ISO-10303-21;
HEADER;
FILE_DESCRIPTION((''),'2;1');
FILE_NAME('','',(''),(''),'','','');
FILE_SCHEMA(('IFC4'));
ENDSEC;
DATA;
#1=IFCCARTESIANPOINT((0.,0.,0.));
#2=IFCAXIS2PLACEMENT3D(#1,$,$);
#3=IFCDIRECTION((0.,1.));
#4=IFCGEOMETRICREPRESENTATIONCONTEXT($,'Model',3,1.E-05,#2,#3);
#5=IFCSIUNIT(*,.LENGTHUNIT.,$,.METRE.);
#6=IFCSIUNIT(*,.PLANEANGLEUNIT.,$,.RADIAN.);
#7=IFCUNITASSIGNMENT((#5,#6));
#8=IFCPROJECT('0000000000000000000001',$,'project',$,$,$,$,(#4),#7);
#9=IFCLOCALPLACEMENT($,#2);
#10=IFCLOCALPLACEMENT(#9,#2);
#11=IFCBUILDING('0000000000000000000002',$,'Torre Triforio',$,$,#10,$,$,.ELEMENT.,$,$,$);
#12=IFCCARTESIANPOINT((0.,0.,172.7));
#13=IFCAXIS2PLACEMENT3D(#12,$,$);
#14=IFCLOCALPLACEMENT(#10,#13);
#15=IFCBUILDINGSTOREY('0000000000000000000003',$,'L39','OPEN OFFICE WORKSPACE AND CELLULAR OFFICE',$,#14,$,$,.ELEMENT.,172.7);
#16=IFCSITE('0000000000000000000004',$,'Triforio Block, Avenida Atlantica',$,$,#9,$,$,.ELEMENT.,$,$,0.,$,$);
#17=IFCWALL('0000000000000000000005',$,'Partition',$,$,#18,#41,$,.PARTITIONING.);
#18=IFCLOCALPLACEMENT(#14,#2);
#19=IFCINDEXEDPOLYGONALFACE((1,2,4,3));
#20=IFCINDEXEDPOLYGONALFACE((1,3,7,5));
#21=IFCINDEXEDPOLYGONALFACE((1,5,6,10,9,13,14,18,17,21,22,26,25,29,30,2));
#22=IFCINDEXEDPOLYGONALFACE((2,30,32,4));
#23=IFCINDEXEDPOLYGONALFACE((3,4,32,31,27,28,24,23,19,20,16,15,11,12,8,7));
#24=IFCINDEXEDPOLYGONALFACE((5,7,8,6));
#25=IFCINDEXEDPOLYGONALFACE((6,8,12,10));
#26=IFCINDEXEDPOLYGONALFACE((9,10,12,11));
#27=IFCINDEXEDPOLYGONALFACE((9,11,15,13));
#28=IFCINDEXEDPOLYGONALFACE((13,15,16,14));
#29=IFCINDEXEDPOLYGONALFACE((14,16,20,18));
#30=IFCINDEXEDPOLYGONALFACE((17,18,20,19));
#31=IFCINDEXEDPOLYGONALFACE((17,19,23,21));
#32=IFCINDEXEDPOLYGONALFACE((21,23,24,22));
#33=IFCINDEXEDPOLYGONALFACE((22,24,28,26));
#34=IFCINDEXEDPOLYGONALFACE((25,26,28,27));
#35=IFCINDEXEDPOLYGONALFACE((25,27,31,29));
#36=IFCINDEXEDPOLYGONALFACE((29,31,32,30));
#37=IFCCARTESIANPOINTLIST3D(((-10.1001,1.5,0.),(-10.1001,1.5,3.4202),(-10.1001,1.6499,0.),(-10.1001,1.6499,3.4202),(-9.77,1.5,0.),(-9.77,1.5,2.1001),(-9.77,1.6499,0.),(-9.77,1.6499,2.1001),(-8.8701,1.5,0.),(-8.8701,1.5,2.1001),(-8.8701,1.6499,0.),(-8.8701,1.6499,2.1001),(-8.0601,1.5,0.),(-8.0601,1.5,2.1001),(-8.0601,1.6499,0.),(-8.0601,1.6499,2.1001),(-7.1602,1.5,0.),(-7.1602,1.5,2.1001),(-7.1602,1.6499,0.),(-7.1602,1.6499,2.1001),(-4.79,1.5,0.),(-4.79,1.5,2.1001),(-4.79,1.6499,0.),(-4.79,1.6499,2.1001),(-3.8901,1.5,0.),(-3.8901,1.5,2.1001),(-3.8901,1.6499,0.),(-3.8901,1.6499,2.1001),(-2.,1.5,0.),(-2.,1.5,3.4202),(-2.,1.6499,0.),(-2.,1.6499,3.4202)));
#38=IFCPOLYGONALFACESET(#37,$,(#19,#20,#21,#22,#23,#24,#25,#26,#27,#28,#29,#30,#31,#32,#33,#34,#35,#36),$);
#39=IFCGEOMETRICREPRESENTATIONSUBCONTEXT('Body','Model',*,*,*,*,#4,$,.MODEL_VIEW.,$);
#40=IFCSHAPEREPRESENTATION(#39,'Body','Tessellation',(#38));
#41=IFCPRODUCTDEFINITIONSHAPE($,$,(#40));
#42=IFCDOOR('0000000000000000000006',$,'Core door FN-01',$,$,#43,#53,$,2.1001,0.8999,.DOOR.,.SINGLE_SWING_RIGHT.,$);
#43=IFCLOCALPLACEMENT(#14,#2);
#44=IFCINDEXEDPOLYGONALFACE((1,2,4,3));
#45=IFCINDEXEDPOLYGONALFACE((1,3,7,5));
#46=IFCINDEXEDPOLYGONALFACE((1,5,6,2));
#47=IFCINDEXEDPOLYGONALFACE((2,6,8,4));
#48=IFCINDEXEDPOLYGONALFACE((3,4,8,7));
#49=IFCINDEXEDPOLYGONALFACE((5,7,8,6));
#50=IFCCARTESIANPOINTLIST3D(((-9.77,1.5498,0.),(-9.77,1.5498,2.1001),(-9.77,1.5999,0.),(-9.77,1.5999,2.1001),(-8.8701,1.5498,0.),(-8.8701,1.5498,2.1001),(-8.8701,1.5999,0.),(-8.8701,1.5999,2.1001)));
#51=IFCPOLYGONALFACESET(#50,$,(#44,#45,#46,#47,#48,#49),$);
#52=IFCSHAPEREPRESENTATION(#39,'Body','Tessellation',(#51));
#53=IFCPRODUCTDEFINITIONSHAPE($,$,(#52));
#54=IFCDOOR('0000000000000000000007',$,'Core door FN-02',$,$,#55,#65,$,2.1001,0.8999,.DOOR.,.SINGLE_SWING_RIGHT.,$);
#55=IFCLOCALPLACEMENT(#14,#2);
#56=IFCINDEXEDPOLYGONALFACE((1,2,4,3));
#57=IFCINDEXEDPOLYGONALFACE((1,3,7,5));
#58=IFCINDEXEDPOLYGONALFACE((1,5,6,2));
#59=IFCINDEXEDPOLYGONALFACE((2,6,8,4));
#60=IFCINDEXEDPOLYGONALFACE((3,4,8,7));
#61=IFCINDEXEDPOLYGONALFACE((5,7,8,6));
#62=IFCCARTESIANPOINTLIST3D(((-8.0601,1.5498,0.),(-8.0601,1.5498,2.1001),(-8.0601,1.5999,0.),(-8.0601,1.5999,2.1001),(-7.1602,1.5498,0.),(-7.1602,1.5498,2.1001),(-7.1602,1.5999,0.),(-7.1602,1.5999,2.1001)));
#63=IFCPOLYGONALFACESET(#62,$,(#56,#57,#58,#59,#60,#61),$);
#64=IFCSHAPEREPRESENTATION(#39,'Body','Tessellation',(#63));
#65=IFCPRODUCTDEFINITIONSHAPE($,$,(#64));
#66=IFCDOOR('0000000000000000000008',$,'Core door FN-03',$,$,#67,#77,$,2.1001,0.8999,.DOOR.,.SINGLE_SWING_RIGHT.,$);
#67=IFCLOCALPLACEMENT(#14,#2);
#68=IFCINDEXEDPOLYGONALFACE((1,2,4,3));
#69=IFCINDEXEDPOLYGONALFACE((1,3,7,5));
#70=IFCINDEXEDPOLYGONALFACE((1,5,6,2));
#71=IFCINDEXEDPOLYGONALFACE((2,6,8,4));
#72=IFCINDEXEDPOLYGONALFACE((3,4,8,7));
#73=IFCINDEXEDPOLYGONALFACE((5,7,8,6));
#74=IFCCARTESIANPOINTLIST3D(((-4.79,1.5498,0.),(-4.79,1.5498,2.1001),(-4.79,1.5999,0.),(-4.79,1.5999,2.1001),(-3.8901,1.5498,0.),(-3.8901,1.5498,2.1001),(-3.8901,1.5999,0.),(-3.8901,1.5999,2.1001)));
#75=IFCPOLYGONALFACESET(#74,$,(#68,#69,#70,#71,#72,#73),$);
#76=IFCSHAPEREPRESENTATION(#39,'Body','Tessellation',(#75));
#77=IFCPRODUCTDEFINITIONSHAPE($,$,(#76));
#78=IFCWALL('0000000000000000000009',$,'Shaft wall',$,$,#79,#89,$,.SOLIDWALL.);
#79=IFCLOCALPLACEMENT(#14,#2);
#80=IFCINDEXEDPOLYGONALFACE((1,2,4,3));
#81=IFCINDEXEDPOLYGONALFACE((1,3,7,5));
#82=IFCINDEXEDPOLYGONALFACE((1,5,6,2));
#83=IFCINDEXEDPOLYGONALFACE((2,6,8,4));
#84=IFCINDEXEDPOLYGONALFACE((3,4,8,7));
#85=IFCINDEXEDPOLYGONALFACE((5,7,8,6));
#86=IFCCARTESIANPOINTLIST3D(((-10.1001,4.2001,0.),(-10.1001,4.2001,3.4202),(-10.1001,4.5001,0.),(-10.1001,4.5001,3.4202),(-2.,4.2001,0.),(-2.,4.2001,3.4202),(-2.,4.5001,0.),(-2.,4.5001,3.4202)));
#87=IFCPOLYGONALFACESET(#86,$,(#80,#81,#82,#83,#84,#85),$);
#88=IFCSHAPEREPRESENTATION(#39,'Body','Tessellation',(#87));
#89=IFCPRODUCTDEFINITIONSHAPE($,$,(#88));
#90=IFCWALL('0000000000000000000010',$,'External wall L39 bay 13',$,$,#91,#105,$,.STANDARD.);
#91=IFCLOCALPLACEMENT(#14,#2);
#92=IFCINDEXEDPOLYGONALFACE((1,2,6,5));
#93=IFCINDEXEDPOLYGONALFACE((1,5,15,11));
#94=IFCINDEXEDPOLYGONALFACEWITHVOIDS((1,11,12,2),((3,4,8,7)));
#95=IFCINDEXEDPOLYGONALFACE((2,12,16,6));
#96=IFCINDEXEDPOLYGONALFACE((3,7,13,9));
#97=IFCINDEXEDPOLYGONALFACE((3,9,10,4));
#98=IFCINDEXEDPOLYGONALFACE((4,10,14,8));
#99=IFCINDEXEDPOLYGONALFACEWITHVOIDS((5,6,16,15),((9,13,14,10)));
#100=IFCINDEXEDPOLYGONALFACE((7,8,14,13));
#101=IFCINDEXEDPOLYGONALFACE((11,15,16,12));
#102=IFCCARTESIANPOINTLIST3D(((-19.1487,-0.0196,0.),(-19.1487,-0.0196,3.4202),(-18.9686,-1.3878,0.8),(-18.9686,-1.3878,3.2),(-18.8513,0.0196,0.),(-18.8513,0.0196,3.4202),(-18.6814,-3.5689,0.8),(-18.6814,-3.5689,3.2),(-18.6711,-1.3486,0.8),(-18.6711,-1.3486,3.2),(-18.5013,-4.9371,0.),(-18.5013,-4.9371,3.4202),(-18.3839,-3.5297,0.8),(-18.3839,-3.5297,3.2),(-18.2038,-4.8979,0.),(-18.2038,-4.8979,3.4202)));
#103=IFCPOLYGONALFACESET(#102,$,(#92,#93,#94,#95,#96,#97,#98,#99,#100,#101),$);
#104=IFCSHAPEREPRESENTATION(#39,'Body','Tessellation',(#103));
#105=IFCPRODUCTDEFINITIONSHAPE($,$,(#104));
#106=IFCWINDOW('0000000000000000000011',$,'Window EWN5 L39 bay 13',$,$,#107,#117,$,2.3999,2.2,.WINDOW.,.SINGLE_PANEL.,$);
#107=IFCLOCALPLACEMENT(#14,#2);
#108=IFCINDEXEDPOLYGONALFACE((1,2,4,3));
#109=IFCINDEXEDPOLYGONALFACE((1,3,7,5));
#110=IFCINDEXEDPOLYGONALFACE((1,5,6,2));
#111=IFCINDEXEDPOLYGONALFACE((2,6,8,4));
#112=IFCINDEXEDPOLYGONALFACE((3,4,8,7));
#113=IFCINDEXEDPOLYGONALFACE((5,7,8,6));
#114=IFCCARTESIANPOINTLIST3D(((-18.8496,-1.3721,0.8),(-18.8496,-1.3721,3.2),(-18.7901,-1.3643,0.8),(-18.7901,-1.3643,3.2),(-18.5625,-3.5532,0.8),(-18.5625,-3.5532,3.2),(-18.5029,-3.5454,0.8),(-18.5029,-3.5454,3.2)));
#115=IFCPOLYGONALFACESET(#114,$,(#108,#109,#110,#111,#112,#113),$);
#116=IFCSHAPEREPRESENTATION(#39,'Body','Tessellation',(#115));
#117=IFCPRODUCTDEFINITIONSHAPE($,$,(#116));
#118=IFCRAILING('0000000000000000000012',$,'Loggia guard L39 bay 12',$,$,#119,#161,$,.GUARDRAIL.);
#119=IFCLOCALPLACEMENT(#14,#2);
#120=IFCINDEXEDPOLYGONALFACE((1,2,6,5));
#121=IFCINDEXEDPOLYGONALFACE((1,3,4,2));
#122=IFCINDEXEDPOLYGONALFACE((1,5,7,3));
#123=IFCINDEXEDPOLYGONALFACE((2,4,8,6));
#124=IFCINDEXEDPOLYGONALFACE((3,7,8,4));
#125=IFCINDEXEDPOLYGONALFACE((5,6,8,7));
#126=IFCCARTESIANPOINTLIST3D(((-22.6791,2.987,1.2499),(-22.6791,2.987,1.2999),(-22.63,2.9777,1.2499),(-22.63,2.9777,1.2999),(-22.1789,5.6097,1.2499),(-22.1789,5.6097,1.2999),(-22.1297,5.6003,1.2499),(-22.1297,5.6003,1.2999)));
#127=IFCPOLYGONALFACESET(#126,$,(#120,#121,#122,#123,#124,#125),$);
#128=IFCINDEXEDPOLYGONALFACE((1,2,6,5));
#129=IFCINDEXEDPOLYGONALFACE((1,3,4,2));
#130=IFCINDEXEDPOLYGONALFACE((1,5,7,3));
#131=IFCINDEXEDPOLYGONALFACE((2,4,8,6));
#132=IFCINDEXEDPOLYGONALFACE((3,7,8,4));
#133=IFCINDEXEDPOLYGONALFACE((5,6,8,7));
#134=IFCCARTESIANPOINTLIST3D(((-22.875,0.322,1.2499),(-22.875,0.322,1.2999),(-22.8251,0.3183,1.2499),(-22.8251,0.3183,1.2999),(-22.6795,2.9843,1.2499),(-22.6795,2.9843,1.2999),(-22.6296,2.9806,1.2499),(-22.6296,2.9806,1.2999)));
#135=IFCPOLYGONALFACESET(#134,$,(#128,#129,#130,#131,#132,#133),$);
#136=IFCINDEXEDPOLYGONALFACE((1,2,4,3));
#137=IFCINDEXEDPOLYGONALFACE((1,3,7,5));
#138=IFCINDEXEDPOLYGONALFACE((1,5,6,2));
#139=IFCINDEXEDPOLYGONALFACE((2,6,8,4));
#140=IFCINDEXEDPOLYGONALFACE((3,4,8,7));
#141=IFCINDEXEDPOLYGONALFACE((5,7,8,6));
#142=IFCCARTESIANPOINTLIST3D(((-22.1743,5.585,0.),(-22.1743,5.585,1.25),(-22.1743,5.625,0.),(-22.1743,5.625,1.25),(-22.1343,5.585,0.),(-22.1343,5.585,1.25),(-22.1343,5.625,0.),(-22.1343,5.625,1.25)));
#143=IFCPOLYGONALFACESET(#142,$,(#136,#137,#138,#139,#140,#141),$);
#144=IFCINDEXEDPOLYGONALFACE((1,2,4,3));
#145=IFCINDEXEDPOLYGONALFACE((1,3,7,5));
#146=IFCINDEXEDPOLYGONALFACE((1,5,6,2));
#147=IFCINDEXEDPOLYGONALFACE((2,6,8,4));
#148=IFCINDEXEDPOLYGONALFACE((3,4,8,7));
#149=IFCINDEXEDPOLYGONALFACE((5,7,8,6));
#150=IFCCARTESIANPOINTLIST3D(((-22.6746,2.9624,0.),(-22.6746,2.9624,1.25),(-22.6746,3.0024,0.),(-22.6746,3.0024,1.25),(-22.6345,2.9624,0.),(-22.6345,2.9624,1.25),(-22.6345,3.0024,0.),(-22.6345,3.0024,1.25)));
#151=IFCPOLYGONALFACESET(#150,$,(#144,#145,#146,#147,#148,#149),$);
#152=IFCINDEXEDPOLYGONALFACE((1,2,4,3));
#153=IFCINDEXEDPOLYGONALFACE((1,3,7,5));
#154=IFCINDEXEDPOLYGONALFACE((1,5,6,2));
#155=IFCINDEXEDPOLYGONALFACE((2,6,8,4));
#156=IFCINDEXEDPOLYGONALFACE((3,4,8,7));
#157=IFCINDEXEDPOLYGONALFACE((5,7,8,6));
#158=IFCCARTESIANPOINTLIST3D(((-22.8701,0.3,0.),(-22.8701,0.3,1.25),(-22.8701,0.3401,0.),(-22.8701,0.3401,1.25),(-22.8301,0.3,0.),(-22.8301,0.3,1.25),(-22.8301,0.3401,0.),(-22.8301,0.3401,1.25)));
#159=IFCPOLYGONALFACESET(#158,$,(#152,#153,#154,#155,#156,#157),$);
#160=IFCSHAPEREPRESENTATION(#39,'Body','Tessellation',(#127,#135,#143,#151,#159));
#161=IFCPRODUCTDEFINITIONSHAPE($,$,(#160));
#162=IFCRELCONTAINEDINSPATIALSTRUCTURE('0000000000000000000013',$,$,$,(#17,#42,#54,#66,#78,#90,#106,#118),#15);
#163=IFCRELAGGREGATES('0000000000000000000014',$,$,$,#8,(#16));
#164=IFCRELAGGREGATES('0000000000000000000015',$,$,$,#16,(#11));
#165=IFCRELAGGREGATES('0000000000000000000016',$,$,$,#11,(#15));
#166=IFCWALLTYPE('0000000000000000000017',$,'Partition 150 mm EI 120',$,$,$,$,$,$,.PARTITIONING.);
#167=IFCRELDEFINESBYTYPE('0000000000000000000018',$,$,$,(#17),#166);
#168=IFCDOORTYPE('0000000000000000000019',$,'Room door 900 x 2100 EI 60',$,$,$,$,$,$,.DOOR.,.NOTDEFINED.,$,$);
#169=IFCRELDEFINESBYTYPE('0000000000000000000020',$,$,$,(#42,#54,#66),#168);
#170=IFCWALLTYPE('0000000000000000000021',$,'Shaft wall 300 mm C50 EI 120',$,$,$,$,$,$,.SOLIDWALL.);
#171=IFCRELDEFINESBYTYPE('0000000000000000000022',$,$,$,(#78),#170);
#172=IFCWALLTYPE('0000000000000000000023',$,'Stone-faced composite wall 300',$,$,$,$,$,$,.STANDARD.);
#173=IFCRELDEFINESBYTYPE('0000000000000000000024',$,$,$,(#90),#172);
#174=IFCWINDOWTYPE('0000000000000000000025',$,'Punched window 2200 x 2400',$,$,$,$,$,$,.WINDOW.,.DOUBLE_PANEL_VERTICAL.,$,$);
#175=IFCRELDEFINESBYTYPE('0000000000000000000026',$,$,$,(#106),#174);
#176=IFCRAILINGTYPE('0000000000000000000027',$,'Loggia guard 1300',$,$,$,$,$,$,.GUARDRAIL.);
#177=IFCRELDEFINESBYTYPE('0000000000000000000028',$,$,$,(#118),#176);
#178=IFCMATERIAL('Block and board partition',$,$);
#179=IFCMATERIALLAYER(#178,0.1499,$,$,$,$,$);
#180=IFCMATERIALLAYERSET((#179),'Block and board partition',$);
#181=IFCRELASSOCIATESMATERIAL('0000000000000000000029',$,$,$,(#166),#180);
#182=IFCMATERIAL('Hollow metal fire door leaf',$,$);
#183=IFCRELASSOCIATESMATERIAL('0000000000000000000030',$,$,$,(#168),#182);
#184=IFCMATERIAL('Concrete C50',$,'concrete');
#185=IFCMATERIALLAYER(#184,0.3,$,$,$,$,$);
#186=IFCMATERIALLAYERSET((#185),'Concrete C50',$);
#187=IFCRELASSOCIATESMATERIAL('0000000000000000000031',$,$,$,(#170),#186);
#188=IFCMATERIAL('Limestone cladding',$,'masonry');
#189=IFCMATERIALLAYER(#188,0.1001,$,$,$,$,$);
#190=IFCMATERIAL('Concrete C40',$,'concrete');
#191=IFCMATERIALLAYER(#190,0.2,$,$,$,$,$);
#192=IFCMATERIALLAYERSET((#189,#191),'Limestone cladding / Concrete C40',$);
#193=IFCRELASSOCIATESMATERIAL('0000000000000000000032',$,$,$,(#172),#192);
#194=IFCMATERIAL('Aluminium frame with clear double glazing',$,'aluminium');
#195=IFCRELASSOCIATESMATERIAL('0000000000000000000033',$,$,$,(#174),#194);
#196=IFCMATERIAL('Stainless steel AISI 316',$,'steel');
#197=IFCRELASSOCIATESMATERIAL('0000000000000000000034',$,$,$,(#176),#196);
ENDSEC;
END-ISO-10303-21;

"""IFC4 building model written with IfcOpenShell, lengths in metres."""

from ifc_helpers import new_model, si_unit, direction, frame, frame_2d, origin, origin_2d, place, context, subcontext, project, spatial, rectangle, extrude, material, layer, layer_set, type_object, element, fill, save


model = new_model("IFC4")

# Units and contexts
model_context = context("Model", 3, precision=1e-05, world=origin(), true_north=direction((0.0, 1.0)))
body_context = subcontext(model_context, "Body", "Model", "MODEL_VIEW")
ifc_project = project(units=[si_unit("LENGTHUNIT", "METRE"), si_unit("PLANEANGLEUNIT", "RADIAN")], contexts=[model_context])

# Site, building, storey
site_placement = place(None, origin())
site = spatial("IfcSite", under=ifc_project, at=site_placement, Name="Triforio Block, Avenida Atlantica", CompositionType="ELEMENT", RefElevation=0.0)
building_placement = place(site_placement, origin())
building = spatial("IfcBuilding", under=site, at=building_placement, Name="Torre Triforio", CompositionType="ELEMENT")
storey_placement = place(building_placement, frame((0.0, 0.0, 172.7)))
storey = spatial("IfcBuildingStorey", under=building, at=storey_placement, Name="L39", Description="OPEN OFFICE WORKSPACE AND CELLULAR OFFICE", CompositionType="ELEMENT", Elevation=172.7)

# Shared definitions
ifc_material_1 = material(Name="Concrete C50", Category="concrete")

# Shared definitions
ifc_material_2 = material(Name="Concrete C40", Category="concrete")

# Shared definitions
ifc_material_3 = material(Name="Hollow metal fire door leaf")

# Wall, openings, doors
ifc_material_4 = material(Name="Block and board partition")
ifc_layer_1 = layer(ifc_material_4, 0.1499)
ifc_layer_set_1 = layer_set([ifc_layer_1], Name="Block and board partition")
wall_type_1 = type_object("IfcWallType", Name="Partition 150 mm EI 120", PredefinedType="PARTITIONING", material=ifc_layer_set_1)
wall_1_placement = place(storey_placement, frame((-10.1001, 1.575, 0.0), z_axis=(0.0, 0.0, 1.0), x_axis=(1.0, 0.0, 0.0)))
wall_1 = element("IfcWall", 1, at=wall_1_placement, inside=storey, type_object=wall_type_1, Name="Partition", PredefinedType="PARTITIONING", context=body_context, shape_type="SweptSolid", body=[
    extrude(rectangle(XDim=8.1001, YDim=0.1499, at=frame_2d((4.05, 0.0))), origin(), (0.0, 0.0, 1.0), 3.4202),
])
opening_1_placement = place(wall_1_placement, frame((0.3301, 0.0, 0.0)))
opening_1 = element("IfcOpeningElement", 2, at=opening_1_placement, cuts=wall_1, PredefinedType="OPENING", context=body_context, shape_type="SweptSolid", body=[
    extrude(rectangle(XDim=0.8999, YDim=2.1001, at=frame_2d((0.45, 1.05))), frame((0.0, 0.085, 0.0), z_axis=(0.0, -1.0, 0.0), x_axis=(1.0, 0.0, 0.0)), (0.0, 0.0, 1.0), 0.1699),
])
opening_2_placement = place(wall_1_placement, frame((2.04, 0.0, 0.0)))
opening_2 = element("IfcOpeningElement", 3, at=opening_2_placement, cuts=wall_1, PredefinedType="OPENING", context=body_context, shape_type="SweptSolid", body=[
    extrude(rectangle(XDim=0.8999, YDim=2.1001, at=frame_2d((0.45, 1.05))), frame((0.0, 0.085, 0.0), z_axis=(0.0, -1.0, 0.0), x_axis=(1.0, 0.0, 0.0)), (0.0, 0.0, 1.0), 0.1699),
])
opening_3_placement = place(wall_1_placement, frame((5.3101, 0.0, 0.0)))
opening_3 = element("IfcOpeningElement", 4, at=opening_3_placement, cuts=wall_1, PredefinedType="OPENING", context=body_context, shape_type="SweptSolid", body=[
    extrude(rectangle(XDim=0.8999, YDim=2.1001, at=frame_2d((0.45, 1.05))), frame((0.0, 0.085, 0.0), z_axis=(0.0, -1.0, 0.0), x_axis=(1.0, 0.0, 0.0)), (0.0, 0.0, 1.0), 0.1699),
])
door_type_1 = type_object("IfcDoorType", Name="Room door 900 x 2100 EI 60", OperationType="NOTDEFINED", PredefinedType="DOOR", material=ifc_material_3)
door_1_placement = place(opening_1_placement, origin())
door_1 = element("IfcDoor", 5, at=door_1_placement, inside=storey, type_object=door_type_1, Name="Core door FN-01", OperationType="SINGLE_SWING_RIGHT", OverallHeight=2.1001, OverallWidth=0.8999, PredefinedType="DOOR", context=body_context, shape_type="SweptSolid", body=[
    extrude(rectangle(XDim=0.8999, YDim=2.1001, at=frame_2d((0.45, 1.05))), frame((0.0, 0.0249, 0.0), z_axis=(0.0, -1.0, 0.0), x_axis=(1.0, 0.0, 0.0)), (0.0, 0.0, 1.0), 0.05),
])
fill(opening_1, door_1)
door_2_placement = place(opening_2_placement, origin())
door_2 = element("IfcDoor", 6, at=door_2_placement, inside=storey, type_object=door_type_1, Name="Core door FN-02", OperationType="SINGLE_SWING_RIGHT", OverallHeight=2.1001, OverallWidth=0.8999, PredefinedType="DOOR", context=body_context, shape_type="SweptSolid", body=[
    extrude(rectangle(XDim=0.8999, YDim=2.1001, at=frame_2d((0.45, 1.05))), frame((0.0, 0.0249, 0.0), z_axis=(0.0, -1.0, 0.0), x_axis=(1.0, 0.0, 0.0)), (0.0, 0.0, 1.0), 0.05),
])
fill(opening_2, door_2)
door_3_placement = place(opening_3_placement, origin())
door_3 = element("IfcDoor", 7, at=door_3_placement, inside=storey, type_object=door_type_1, Name="Core door FN-03", OperationType="SINGLE_SWING_RIGHT", OverallHeight=2.1001, OverallWidth=0.8999, PredefinedType="DOOR", context=body_context, shape_type="SweptSolid", body=[
    extrude(rectangle(XDim=0.8999, YDim=2.1001, at=frame_2d((0.45, 1.05))), frame((0.0, 0.0249, 0.0), z_axis=(0.0, -1.0, 0.0), x_axis=(1.0, 0.0, 0.0)), (0.0, 0.0, 1.0), 0.05),
])
fill(opening_3, door_3)

# Wall
ifc_layer_2 = layer(ifc_material_1, 0.3)
ifc_layer_set_2 = layer_set([ifc_layer_2], Name="Concrete C50")
wall_type_2 = type_object("IfcWallType", Name="Shaft wall 300 mm C50 EI 120", PredefinedType="SOLIDWALL", material=ifc_layer_set_2)
wall_2_placement = place(storey_placement, frame((-10.1001, 4.3501, 0.0), z_axis=(0.0, 0.0, 1.0), x_axis=(1.0, 0.0, 0.0)))
element("IfcWall", 8, at=wall_2_placement, inside=storey, type_object=wall_type_2, Name="Shaft wall", PredefinedType="SOLIDWALL", context=body_context, shape_type="SweptSolid", body=[
    extrude(rectangle(XDim=8.1001, YDim=0.3, at=frame_2d((4.05, 0.0))), origin(), (0.0, 0.0, 1.0), 3.4202),
])

# Shared definitions
ifc_material_5 = material(Name="Limestone cladding", Category="masonry")
ifc_layer_3 = layer(ifc_material_5, 0.1001)
ifc_layer_4 = layer(ifc_material_2, 0.2)
ifc_layer_set_3 = layer_set([ifc_layer_3, ifc_layer_4], Name="Limestone cladding / Concrete C40")
wall_type_3 = type_object("IfcWallType", Name="Stone-faced composite wall 300", PredefinedType="STANDARD", material=ifc_layer_set_3)
ifc_material_6 = material(Name="Aluminium frame with clear double glazing", Category="aluminium")

# Wall, opening, window
wall_3_placement = place(storey_placement, frame((-19.0, 0.0, 0.0), z_axis=(0.0, 0.0, 1.0), x_axis=(0.130539, -0.991443, 0.0)))
wall_3 = element("IfcWall", 9, at=wall_3_placement, inside=storey, type_object=wall_type_3, Name="External wall L39 bay 13", PredefinedType="STANDARD", context=body_context, shape_type="SweptSolid", body=[
    extrude(rectangle(XDim=4.96, YDim=0.3, at=frame_2d((2.48, 0.0))), origin(), (0.0, 0.0, 1.0), 3.4202),
])
opening_4_placement = place(wall_3_placement, frame((1.3799, 0.0, 0.8)))
opening_4 = element("IfcOpeningElement", 10, at=opening_4_placement, cuts=wall_3, PredefinedType="OPENING", context=body_context, shape_type="SweptSolid", body=[
    extrude(rectangle(XDim=2.2, YDim=2.3999, at=frame_2d((1.1001, 1.2))), frame((0.0, 0.1599, 0.0), z_axis=(0.0, -1.0, 0.0), x_axis=(1.0, 0.0, 0.0)), (0.0, 0.0, 1.0), 0.3201),
])
window_type_1 = type_object("IfcWindowType", Name="Punched window 2200 x 2400", PartitioningType="DOUBLE_PANEL_VERTICAL", PredefinedType="WINDOW", material=ifc_material_6)
window_1_placement = place(opening_4_placement, origin())
window_1 = element("IfcWindow", 11, at=window_1_placement, inside=storey, type_object=window_type_1, Name="Window EWN5 L39 bay 13", OverallHeight=2.3999, OverallWidth=2.2, PartitioningType="SINGLE_PANEL", PredefinedType="WINDOW", context=body_context, shape_type="SweptSolid", body=[
    extrude(rectangle(XDim=2.2, YDim=2.3999, at=frame_2d((1.1001, 1.2))), frame((0.0, 0.03, 0.0), z_axis=(0.0, -1.0, 0.0), x_axis=(1.0, 0.0, 0.0)), (0.0, 0.0, 1.0), 0.0601),
])
fill(opening_4, window_1)

# Railing
ifc_material_7 = material(Name="Stainless steel AISI 316", Category="steel")
railing_type = type_object("IfcRailingType", Name="Loggia guard 1300", PredefinedType="GUARDRAIL", material=ifc_material_7)
railing_placement = place(storey_placement, frame((-22.1543, 5.605, 0.0)))
element("IfcRailing", 12, at=railing_placement, inside=storey, type_object=railing_type, Name="Loggia guard L39 bay 12", PredefinedType="GUARDRAIL", context=body_context, shape_type="SweptSolid", body=[
    extrude(rectangle(XDim=0.05, YDim=0.05, at=origin_2d()), frame((0.0, 0.0, 1.2749), z_axis=(-0.187368, -0.98229, 0.0), x_axis=(0.98229, -0.187368, 0.0)), (0.0, 0.0, 1.0), 2.6699),
    extrude(rectangle(XDim=0.05, YDim=0.05, at=origin_2d()), frame((-0.5002, -2.6226, 1.2749), z_axis=(-0.073255, -0.997313, 0.0), x_axis=(0.997313, -0.073255, 0.0)), (0.0, 0.0, 1.0), 2.6694),
    extrude(rectangle(XDim=0.04, YDim=0.04, at=origin_2d()), origin(), (0.0, 0.0, 1.0), 1.25),
    extrude(rectangle(XDim=0.04, YDim=0.04, at=origin_2d()), frame((-0.5002, -2.6226, 0.0)), (0.0, 0.0, 1.0), 1.25),
    extrude(rectangle(XDim=0.04, YDim=0.04, at=origin_2d()), frame((-0.6958, -5.2849, 0.0)), (0.0, 0.0, 1.0), 1.25),
])

save(model, "model.ifc")
